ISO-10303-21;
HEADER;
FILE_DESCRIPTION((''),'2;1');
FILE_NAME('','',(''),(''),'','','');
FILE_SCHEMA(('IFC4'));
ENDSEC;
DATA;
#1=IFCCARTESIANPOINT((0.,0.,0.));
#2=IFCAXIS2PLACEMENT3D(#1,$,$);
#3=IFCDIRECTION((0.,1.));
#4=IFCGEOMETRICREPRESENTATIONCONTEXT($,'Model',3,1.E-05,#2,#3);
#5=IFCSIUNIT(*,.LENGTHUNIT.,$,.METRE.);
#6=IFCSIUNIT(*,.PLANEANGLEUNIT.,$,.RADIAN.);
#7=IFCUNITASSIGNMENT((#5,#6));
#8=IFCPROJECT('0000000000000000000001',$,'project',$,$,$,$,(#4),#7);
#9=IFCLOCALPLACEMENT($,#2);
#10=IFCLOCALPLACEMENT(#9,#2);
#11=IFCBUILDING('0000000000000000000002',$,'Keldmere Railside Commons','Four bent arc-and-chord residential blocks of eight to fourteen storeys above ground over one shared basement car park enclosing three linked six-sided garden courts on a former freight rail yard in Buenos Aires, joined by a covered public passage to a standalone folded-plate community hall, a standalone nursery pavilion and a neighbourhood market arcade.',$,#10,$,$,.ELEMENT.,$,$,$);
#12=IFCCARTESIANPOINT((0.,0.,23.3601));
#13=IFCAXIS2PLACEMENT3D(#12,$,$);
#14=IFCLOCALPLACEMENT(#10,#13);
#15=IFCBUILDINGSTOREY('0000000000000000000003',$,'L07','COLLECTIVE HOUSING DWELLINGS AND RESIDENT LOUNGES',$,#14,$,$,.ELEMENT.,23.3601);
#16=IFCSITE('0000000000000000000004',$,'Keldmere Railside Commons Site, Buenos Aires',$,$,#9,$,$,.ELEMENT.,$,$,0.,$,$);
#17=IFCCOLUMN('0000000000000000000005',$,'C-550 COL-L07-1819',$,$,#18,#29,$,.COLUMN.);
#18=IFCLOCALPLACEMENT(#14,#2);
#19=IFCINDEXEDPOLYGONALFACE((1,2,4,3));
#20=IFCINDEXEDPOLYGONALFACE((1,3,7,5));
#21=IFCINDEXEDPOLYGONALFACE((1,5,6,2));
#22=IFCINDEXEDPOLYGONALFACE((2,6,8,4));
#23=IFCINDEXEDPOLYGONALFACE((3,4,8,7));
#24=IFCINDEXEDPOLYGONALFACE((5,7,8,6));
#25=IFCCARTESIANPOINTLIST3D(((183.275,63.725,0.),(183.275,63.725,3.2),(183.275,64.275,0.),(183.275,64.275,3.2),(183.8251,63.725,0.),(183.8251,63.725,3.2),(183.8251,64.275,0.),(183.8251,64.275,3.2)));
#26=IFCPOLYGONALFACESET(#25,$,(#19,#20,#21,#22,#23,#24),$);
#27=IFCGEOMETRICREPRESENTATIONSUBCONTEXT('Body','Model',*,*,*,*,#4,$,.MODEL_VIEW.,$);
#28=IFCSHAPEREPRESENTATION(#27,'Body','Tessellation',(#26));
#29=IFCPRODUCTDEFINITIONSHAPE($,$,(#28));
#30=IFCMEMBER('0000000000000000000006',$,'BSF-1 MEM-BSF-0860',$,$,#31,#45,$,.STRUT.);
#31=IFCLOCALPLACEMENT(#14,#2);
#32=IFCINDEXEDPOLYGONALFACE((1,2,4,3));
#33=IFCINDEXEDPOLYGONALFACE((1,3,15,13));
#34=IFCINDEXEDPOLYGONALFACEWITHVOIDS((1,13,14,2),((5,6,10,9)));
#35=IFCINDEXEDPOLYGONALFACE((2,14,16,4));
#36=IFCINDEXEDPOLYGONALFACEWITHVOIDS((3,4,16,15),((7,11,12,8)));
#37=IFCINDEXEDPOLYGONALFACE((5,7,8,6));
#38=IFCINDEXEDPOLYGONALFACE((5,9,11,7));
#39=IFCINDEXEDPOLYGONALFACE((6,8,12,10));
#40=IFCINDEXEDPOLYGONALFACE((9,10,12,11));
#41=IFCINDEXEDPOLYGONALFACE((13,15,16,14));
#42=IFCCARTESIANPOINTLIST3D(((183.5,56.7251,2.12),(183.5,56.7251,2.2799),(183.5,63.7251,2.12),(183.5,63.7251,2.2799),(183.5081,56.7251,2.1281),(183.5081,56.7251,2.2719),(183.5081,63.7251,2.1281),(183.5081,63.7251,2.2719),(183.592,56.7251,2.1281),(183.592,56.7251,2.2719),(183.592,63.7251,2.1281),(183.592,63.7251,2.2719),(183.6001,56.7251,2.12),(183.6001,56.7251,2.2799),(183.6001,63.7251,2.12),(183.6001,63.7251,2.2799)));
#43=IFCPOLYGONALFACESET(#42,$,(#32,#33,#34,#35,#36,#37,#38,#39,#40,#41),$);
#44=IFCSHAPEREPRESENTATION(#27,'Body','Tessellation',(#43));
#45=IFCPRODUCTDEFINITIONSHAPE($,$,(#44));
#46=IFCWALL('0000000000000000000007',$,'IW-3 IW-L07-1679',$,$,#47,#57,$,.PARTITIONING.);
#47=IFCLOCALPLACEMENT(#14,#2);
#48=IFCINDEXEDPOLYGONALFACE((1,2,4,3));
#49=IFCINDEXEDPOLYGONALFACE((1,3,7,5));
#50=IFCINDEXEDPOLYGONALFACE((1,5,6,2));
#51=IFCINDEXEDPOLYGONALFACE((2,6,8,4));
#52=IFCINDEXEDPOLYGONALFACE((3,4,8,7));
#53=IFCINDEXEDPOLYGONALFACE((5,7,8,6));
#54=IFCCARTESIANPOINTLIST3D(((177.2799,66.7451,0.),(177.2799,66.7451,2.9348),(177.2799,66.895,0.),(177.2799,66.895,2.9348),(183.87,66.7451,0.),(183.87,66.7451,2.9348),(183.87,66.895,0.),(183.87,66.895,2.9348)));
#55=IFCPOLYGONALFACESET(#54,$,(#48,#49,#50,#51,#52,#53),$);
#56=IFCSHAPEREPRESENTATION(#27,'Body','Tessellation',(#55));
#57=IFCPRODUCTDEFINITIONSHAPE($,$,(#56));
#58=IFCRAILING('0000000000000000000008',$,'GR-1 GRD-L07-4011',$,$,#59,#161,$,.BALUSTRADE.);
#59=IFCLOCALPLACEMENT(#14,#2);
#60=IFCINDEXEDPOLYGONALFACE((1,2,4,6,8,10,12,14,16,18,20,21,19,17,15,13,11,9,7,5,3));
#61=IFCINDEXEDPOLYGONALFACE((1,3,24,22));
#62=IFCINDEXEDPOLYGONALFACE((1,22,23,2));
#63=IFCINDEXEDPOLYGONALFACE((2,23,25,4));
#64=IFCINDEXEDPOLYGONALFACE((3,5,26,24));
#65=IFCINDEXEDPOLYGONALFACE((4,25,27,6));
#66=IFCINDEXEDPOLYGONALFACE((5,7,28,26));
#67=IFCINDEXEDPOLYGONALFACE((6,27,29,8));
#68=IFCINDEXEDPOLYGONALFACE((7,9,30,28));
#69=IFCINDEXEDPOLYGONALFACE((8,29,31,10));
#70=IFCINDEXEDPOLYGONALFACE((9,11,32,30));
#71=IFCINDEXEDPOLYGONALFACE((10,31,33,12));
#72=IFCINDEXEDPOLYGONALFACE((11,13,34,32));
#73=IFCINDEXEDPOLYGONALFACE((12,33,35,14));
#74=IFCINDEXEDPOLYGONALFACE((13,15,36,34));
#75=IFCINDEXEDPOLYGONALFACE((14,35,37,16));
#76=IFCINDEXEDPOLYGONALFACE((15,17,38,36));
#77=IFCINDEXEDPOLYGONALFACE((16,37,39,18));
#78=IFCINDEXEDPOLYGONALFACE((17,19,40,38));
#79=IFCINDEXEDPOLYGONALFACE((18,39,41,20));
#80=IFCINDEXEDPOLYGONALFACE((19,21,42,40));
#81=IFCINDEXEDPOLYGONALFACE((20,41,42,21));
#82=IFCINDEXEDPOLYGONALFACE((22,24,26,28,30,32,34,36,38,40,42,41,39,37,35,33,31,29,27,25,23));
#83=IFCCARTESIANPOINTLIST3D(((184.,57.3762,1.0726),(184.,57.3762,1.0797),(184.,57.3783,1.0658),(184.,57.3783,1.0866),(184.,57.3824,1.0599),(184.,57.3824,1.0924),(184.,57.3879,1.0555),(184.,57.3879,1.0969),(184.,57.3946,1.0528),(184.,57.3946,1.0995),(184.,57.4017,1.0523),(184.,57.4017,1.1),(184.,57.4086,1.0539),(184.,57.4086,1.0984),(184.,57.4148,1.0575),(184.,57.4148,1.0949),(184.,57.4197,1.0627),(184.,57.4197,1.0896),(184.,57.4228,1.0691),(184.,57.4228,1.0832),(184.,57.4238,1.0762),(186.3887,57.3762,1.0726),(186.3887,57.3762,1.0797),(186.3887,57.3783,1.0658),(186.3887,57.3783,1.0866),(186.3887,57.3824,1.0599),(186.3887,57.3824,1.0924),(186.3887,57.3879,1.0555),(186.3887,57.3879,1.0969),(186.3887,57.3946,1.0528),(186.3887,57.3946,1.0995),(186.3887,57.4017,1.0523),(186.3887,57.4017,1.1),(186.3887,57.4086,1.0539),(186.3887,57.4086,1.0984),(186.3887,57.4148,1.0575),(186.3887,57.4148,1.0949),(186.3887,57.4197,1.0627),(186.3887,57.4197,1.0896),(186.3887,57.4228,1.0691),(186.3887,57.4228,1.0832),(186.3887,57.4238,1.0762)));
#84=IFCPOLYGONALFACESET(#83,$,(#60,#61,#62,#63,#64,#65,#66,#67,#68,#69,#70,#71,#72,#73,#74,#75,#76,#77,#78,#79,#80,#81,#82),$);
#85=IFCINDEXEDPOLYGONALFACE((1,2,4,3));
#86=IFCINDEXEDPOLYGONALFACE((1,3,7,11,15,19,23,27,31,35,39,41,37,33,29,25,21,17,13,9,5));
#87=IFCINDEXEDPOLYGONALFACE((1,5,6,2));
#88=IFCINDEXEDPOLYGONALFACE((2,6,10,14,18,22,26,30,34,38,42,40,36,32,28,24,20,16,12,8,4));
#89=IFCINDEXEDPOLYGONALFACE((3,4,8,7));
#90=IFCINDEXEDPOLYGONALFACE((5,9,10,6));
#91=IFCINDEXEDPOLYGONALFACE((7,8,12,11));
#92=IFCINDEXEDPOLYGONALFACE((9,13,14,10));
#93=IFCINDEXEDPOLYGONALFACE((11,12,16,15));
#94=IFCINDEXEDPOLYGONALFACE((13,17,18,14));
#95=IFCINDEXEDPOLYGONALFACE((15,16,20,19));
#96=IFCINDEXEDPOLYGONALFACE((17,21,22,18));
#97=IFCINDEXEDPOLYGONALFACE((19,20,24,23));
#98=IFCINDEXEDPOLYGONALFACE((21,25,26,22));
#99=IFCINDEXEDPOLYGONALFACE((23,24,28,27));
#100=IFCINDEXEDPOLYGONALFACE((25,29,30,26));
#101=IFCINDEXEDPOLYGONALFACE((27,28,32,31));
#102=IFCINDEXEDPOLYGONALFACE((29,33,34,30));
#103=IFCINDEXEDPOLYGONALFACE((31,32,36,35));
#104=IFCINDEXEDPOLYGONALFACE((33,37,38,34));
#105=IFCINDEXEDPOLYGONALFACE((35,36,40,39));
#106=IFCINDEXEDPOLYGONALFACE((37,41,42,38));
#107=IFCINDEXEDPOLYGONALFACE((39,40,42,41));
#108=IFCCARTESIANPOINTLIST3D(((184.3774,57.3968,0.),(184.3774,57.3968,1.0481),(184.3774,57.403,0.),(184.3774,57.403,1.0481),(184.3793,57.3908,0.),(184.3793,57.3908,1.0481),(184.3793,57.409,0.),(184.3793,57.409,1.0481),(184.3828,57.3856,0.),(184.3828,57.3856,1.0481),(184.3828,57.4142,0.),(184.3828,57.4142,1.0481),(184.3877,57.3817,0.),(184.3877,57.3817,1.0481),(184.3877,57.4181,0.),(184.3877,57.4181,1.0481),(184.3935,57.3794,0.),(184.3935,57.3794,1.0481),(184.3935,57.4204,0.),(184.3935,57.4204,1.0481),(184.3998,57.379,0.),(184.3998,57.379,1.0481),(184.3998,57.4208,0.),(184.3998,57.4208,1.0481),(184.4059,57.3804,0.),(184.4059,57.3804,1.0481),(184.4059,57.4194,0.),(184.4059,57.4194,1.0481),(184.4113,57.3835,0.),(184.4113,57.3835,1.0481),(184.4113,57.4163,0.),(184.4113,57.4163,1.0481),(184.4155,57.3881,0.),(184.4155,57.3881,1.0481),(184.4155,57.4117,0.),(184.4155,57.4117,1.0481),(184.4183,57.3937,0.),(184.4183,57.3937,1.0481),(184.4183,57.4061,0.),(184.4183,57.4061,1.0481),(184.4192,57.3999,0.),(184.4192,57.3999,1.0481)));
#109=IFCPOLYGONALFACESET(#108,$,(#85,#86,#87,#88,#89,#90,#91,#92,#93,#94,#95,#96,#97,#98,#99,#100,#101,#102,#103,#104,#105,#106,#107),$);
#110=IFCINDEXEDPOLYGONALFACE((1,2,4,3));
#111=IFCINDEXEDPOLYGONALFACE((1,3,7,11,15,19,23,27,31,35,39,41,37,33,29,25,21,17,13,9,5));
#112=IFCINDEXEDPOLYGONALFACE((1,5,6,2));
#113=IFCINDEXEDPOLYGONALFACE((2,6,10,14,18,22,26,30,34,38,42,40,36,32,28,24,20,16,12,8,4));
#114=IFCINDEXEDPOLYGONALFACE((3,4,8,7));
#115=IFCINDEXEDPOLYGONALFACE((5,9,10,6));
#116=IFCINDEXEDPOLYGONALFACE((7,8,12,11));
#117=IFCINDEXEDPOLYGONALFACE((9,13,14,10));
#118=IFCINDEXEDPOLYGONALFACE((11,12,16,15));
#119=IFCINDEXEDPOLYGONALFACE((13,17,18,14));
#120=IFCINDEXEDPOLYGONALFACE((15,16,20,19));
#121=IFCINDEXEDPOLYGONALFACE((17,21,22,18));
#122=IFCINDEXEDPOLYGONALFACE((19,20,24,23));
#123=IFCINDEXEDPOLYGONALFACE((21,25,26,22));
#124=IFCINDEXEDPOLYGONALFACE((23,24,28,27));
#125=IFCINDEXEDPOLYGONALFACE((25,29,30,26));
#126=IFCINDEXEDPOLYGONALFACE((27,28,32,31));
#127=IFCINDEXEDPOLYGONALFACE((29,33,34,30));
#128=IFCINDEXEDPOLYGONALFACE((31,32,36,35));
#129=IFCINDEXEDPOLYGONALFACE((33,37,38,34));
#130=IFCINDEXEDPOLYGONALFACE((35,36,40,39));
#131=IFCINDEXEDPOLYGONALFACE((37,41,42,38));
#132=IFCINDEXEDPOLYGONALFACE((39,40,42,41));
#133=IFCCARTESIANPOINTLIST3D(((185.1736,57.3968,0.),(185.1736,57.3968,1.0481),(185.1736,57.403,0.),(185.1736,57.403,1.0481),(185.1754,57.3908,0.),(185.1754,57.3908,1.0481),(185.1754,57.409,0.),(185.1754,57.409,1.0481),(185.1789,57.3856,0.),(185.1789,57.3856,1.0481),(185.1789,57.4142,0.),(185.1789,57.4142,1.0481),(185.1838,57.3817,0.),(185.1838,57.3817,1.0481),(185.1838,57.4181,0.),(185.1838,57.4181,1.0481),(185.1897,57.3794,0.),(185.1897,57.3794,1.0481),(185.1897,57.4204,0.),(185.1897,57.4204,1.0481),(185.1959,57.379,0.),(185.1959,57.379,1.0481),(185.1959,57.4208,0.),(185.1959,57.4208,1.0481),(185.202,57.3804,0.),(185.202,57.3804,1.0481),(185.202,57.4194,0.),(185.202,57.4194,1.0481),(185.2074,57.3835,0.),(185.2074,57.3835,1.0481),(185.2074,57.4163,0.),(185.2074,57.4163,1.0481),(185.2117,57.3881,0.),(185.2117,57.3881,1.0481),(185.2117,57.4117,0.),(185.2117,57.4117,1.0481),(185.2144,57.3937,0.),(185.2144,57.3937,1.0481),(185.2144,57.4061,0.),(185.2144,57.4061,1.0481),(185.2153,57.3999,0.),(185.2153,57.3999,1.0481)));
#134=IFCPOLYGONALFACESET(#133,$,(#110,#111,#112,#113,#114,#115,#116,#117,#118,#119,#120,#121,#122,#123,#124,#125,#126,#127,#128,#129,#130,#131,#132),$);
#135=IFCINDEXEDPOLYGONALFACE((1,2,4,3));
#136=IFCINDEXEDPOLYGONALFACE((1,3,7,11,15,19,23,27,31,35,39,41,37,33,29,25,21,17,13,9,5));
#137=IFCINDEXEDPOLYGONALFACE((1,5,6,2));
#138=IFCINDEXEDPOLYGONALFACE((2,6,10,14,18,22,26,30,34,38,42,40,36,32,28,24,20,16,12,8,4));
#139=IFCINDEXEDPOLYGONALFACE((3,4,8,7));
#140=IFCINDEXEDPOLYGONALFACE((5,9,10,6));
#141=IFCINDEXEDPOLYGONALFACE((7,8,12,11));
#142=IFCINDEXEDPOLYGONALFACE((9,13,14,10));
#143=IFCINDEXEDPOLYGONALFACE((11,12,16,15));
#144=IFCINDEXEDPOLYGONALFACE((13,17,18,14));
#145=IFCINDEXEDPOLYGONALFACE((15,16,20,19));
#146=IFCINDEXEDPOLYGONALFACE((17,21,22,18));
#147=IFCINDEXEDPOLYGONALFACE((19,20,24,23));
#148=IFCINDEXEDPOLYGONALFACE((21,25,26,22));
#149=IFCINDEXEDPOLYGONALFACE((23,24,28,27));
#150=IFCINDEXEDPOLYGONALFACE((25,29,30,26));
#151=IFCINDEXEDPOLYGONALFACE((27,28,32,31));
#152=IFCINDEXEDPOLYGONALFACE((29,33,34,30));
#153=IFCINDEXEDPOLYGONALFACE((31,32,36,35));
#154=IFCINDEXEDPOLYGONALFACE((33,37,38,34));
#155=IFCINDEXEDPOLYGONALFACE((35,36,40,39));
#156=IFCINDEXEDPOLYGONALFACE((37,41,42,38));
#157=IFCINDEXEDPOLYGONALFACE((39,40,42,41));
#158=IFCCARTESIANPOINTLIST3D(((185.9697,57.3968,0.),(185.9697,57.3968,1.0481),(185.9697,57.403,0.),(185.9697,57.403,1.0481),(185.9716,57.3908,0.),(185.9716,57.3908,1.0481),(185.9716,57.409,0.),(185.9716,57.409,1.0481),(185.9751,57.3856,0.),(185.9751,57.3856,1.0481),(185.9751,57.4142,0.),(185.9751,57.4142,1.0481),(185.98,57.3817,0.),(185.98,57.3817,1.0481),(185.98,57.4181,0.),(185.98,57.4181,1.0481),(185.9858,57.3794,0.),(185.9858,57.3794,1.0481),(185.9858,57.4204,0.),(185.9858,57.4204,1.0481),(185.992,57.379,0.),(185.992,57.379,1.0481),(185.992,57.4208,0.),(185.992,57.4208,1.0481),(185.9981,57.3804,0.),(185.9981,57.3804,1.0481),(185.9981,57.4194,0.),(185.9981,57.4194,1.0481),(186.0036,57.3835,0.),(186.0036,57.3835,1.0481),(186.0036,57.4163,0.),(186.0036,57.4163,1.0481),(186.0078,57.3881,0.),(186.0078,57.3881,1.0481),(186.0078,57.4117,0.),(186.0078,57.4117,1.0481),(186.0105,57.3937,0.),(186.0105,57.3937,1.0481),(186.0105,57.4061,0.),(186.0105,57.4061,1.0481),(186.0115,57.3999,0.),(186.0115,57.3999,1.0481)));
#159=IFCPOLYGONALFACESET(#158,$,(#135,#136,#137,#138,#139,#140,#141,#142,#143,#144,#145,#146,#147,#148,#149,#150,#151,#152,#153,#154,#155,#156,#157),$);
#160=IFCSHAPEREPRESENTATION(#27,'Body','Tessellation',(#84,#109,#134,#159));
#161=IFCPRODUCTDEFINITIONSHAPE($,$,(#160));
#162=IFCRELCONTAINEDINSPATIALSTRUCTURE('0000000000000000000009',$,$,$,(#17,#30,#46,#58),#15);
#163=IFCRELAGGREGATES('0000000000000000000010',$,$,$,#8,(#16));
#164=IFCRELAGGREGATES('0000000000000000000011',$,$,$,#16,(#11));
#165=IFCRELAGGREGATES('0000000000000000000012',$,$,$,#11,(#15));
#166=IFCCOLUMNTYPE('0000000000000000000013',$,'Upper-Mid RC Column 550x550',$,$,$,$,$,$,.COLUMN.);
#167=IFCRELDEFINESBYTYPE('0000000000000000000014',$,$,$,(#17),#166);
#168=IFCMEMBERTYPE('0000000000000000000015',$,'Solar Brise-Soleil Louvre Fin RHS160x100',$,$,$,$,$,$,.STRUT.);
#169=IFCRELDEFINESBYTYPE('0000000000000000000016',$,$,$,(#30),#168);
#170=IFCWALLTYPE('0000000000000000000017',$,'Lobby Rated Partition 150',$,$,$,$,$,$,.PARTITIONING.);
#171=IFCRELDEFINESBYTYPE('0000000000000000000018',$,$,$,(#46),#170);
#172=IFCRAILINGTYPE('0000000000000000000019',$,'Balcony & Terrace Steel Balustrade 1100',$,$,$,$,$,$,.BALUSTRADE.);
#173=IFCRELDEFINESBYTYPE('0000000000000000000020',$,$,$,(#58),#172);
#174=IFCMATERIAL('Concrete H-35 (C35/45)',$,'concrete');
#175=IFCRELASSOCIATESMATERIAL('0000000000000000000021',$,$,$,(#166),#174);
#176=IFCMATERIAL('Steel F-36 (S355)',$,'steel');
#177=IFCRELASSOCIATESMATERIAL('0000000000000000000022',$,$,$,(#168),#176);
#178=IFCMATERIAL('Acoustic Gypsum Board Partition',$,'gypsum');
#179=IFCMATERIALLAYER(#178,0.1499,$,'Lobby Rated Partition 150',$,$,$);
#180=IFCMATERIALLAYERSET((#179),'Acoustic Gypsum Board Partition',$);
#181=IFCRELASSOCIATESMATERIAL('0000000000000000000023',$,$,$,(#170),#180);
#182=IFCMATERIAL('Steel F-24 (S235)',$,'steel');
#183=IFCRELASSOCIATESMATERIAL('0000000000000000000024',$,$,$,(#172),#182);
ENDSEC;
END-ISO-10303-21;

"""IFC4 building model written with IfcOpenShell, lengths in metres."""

from ifc_helpers import new_model, si_unit, direction, frame, frame_2d, origin, origin_2d, place, context, subcontext, project, spatial, rectangle, hollow_rectangle, circle, extrude, material, layer, layer_set, material_profile, profile_set, type_object, element, save


model = new_model("IFC4")

# Units and contexts
model_context = context("Model", 3, precision=1e-05, world=origin(), true_north=direction((0.0, 1.0)))
body_context = subcontext(model_context, "Body", "Model", "MODEL_VIEW")
ifc_project = project(units=[si_unit("LENGTHUNIT", "METRE"), si_unit("PLANEANGLEUNIT", "RADIAN")], contexts=[model_context])

# Site, building, storey
site_placement = place(None, origin())
site = spatial("IfcSite", under=ifc_project, at=site_placement, Name="Keldmere Railside Commons Site, Buenos Aires", CompositionType="ELEMENT", RefElevation=0.0)
building_placement = place(site_placement, origin())
building = spatial("IfcBuilding", under=site, at=building_placement, Name="Keldmere Railside Commons", Description="Four bent arc-and-chord residential blocks of eight to fourteen storeys above ground over one shared basement car park enclosing three linked six-sided garden courts on a former freight rail yard in Buenos Aires, joined by a covered public passage to a standalone folded-plate community hall, a standalone nursery pavilion and a neighbourhood market arcade.", CompositionType="ELEMENT")
storey_placement = place(building_placement, frame((0.0, 0.0, 23.3601)))
storey = spatial("IfcBuildingStorey", under=building, at=storey_placement, Name="L07", Description="COLLECTIVE HOUSING DWELLINGS AND RESIDENT LOUNGES", CompositionType="ELEMENT", Elevation=23.3601)

# Column
ifc_material_1 = material(Name="Concrete H-35 (C35/45)", Category="concrete")
ifc_material_profile_1 = material_profile(ifc_material_1, rectangle(XDim=0.55, YDim=0.55, at=origin_2d()), Name="RC-550x550")
ifc_profile_set_1 = profile_set([ifc_material_profile_1], Name="Concrete H-35 (C35/45)")
column_type = type_object("IfcColumnType", Name="Upper-Mid RC Column 550x550", PredefinedType="COLUMN", material=ifc_profile_set_1)
column_placement = place(storey_placement, frame((183.55, 64.0, 0.0), z_axis=(0.0, 0.0, 1.0), x_axis=(1.0, 0.0, 0.0)))
element("IfcColumn", 1, at=column_placement, inside=storey, type_object=column_type, Name="C-550 COL-L07-1819", PredefinedType="COLUMN", context=body_context, shape_type="SweptSolid", body=[
    extrude(rectangle(XDim=0.55, YDim=0.55, at=origin_2d()), origin(), (0.0, 0.0, 1.0), 3.2),
])

# Member
ifc_material_2 = material(Name="Steel F-36 (S355)", Category="steel")
ifc_material_profile_2 = material_profile(ifc_material_2, hollow_rectangle(XDim=0.1001, YDim=0.1599, WallThickness=0.0081, at=origin_2d()), Name="RHS-160x100x8")
ifc_profile_set_2 = profile_set([ifc_material_profile_2], Name="Steel F-36 (S355)")
member_type = type_object("IfcMemberType", Name="Solar Brise-Soleil Louvre Fin RHS160x100", PredefinedType="STRUT", material=ifc_profile_set_2)
member_placement = place(storey_placement, frame((183.55, 56.7251, 2.2), z_axis=(0.0, 1.0, 0.0), x_axis=(-1.0, 0.0, 0.0)))
element("IfcMember", 2, at=member_placement, inside=storey, type_object=member_type, Name="BSF-1 MEM-BSF-0860", PredefinedType="STRUT", context=body_context, shape_type="SweptSolid", body=[
    extrude(hollow_rectangle(XDim=0.1001, YDim=0.1599, WallThickness=0.0081, at=origin_2d()), origin(), (0.0, 0.0, 1.0), 7.0),
])

# Wall
ifc_material_3 = material(Name="Acoustic Gypsum Board Partition", Category="gypsum")
ifc_layer = layer(ifc_material_3, 0.1499, Name="Lobby Rated Partition 150")
ifc_layer_set = layer_set([ifc_layer], Name="Acoustic Gypsum Board Partition")
wall_type = type_object("IfcWallType", Name="Lobby Rated Partition 150", PredefinedType="PARTITIONING", material=ifc_layer_set)
wall_placement = place(storey_placement, frame((177.28, 66.8201, 0.0), z_axis=(0.0, 0.0, 1.0), x_axis=(1.0, 0.0, 0.0)))
element("IfcWall", 3, at=wall_placement, inside=storey, type_object=wall_type, Name="IW-3 IW-L07-1679", PredefinedType="PARTITIONING", context=body_context, shape_type="SweptSolid", body=[
    extrude(rectangle(XDim=6.5901, YDim=0.1499, at=frame_2d((3.2949, 0.0))), origin(), (0.0, 0.0, 1.0), 2.9348),
])

# Railing
ifc_material_4 = material(Name="Steel F-24 (S235)", Category="steel")
railing_type = type_object("IfcRailingType", Name="Balcony & Terrace Steel Balustrade 1100", PredefinedType="BALUSTRADE", material=ifc_material_4)
railing_1_placement = place(storey_placement, frame((184.0, 57.3999, 0.0)))
element("IfcRailing", 4, at=railing_1_placement, inside=storey, type_object=railing_type, Name="GR-1 GRD-L07-4011", PredefinedType="BALUSTRADE", context=body_context, shape_type="SweptSolid", body=[
    extrude(circle(Radius=0.0239, at=origin_2d()), frame((0.0, 0.0, 1.0762), z_axis=(1.0, 0.0, 0.0), x_axis=(0.0, 1.0, 0.0)), (0.0, 0.0, 1.0), 2.3887),
    extrude(circle(Radius=0.021, at=origin_2d()), frame((0.3982, 0.0, 0.0)), (0.0, 0.0, 1.0), 1.0481),
    extrude(circle(Radius=0.021, at=origin_2d()), frame((1.1943, 0.0, 0.0)), (0.0, 0.0, 1.0), 1.0481),
    extrude(circle(Radius=0.021, at=origin_2d()), frame((1.9905, 0.0, 0.0)), (0.0, 0.0, 1.0), 1.0481),
])

save(model, "model.ifc")
